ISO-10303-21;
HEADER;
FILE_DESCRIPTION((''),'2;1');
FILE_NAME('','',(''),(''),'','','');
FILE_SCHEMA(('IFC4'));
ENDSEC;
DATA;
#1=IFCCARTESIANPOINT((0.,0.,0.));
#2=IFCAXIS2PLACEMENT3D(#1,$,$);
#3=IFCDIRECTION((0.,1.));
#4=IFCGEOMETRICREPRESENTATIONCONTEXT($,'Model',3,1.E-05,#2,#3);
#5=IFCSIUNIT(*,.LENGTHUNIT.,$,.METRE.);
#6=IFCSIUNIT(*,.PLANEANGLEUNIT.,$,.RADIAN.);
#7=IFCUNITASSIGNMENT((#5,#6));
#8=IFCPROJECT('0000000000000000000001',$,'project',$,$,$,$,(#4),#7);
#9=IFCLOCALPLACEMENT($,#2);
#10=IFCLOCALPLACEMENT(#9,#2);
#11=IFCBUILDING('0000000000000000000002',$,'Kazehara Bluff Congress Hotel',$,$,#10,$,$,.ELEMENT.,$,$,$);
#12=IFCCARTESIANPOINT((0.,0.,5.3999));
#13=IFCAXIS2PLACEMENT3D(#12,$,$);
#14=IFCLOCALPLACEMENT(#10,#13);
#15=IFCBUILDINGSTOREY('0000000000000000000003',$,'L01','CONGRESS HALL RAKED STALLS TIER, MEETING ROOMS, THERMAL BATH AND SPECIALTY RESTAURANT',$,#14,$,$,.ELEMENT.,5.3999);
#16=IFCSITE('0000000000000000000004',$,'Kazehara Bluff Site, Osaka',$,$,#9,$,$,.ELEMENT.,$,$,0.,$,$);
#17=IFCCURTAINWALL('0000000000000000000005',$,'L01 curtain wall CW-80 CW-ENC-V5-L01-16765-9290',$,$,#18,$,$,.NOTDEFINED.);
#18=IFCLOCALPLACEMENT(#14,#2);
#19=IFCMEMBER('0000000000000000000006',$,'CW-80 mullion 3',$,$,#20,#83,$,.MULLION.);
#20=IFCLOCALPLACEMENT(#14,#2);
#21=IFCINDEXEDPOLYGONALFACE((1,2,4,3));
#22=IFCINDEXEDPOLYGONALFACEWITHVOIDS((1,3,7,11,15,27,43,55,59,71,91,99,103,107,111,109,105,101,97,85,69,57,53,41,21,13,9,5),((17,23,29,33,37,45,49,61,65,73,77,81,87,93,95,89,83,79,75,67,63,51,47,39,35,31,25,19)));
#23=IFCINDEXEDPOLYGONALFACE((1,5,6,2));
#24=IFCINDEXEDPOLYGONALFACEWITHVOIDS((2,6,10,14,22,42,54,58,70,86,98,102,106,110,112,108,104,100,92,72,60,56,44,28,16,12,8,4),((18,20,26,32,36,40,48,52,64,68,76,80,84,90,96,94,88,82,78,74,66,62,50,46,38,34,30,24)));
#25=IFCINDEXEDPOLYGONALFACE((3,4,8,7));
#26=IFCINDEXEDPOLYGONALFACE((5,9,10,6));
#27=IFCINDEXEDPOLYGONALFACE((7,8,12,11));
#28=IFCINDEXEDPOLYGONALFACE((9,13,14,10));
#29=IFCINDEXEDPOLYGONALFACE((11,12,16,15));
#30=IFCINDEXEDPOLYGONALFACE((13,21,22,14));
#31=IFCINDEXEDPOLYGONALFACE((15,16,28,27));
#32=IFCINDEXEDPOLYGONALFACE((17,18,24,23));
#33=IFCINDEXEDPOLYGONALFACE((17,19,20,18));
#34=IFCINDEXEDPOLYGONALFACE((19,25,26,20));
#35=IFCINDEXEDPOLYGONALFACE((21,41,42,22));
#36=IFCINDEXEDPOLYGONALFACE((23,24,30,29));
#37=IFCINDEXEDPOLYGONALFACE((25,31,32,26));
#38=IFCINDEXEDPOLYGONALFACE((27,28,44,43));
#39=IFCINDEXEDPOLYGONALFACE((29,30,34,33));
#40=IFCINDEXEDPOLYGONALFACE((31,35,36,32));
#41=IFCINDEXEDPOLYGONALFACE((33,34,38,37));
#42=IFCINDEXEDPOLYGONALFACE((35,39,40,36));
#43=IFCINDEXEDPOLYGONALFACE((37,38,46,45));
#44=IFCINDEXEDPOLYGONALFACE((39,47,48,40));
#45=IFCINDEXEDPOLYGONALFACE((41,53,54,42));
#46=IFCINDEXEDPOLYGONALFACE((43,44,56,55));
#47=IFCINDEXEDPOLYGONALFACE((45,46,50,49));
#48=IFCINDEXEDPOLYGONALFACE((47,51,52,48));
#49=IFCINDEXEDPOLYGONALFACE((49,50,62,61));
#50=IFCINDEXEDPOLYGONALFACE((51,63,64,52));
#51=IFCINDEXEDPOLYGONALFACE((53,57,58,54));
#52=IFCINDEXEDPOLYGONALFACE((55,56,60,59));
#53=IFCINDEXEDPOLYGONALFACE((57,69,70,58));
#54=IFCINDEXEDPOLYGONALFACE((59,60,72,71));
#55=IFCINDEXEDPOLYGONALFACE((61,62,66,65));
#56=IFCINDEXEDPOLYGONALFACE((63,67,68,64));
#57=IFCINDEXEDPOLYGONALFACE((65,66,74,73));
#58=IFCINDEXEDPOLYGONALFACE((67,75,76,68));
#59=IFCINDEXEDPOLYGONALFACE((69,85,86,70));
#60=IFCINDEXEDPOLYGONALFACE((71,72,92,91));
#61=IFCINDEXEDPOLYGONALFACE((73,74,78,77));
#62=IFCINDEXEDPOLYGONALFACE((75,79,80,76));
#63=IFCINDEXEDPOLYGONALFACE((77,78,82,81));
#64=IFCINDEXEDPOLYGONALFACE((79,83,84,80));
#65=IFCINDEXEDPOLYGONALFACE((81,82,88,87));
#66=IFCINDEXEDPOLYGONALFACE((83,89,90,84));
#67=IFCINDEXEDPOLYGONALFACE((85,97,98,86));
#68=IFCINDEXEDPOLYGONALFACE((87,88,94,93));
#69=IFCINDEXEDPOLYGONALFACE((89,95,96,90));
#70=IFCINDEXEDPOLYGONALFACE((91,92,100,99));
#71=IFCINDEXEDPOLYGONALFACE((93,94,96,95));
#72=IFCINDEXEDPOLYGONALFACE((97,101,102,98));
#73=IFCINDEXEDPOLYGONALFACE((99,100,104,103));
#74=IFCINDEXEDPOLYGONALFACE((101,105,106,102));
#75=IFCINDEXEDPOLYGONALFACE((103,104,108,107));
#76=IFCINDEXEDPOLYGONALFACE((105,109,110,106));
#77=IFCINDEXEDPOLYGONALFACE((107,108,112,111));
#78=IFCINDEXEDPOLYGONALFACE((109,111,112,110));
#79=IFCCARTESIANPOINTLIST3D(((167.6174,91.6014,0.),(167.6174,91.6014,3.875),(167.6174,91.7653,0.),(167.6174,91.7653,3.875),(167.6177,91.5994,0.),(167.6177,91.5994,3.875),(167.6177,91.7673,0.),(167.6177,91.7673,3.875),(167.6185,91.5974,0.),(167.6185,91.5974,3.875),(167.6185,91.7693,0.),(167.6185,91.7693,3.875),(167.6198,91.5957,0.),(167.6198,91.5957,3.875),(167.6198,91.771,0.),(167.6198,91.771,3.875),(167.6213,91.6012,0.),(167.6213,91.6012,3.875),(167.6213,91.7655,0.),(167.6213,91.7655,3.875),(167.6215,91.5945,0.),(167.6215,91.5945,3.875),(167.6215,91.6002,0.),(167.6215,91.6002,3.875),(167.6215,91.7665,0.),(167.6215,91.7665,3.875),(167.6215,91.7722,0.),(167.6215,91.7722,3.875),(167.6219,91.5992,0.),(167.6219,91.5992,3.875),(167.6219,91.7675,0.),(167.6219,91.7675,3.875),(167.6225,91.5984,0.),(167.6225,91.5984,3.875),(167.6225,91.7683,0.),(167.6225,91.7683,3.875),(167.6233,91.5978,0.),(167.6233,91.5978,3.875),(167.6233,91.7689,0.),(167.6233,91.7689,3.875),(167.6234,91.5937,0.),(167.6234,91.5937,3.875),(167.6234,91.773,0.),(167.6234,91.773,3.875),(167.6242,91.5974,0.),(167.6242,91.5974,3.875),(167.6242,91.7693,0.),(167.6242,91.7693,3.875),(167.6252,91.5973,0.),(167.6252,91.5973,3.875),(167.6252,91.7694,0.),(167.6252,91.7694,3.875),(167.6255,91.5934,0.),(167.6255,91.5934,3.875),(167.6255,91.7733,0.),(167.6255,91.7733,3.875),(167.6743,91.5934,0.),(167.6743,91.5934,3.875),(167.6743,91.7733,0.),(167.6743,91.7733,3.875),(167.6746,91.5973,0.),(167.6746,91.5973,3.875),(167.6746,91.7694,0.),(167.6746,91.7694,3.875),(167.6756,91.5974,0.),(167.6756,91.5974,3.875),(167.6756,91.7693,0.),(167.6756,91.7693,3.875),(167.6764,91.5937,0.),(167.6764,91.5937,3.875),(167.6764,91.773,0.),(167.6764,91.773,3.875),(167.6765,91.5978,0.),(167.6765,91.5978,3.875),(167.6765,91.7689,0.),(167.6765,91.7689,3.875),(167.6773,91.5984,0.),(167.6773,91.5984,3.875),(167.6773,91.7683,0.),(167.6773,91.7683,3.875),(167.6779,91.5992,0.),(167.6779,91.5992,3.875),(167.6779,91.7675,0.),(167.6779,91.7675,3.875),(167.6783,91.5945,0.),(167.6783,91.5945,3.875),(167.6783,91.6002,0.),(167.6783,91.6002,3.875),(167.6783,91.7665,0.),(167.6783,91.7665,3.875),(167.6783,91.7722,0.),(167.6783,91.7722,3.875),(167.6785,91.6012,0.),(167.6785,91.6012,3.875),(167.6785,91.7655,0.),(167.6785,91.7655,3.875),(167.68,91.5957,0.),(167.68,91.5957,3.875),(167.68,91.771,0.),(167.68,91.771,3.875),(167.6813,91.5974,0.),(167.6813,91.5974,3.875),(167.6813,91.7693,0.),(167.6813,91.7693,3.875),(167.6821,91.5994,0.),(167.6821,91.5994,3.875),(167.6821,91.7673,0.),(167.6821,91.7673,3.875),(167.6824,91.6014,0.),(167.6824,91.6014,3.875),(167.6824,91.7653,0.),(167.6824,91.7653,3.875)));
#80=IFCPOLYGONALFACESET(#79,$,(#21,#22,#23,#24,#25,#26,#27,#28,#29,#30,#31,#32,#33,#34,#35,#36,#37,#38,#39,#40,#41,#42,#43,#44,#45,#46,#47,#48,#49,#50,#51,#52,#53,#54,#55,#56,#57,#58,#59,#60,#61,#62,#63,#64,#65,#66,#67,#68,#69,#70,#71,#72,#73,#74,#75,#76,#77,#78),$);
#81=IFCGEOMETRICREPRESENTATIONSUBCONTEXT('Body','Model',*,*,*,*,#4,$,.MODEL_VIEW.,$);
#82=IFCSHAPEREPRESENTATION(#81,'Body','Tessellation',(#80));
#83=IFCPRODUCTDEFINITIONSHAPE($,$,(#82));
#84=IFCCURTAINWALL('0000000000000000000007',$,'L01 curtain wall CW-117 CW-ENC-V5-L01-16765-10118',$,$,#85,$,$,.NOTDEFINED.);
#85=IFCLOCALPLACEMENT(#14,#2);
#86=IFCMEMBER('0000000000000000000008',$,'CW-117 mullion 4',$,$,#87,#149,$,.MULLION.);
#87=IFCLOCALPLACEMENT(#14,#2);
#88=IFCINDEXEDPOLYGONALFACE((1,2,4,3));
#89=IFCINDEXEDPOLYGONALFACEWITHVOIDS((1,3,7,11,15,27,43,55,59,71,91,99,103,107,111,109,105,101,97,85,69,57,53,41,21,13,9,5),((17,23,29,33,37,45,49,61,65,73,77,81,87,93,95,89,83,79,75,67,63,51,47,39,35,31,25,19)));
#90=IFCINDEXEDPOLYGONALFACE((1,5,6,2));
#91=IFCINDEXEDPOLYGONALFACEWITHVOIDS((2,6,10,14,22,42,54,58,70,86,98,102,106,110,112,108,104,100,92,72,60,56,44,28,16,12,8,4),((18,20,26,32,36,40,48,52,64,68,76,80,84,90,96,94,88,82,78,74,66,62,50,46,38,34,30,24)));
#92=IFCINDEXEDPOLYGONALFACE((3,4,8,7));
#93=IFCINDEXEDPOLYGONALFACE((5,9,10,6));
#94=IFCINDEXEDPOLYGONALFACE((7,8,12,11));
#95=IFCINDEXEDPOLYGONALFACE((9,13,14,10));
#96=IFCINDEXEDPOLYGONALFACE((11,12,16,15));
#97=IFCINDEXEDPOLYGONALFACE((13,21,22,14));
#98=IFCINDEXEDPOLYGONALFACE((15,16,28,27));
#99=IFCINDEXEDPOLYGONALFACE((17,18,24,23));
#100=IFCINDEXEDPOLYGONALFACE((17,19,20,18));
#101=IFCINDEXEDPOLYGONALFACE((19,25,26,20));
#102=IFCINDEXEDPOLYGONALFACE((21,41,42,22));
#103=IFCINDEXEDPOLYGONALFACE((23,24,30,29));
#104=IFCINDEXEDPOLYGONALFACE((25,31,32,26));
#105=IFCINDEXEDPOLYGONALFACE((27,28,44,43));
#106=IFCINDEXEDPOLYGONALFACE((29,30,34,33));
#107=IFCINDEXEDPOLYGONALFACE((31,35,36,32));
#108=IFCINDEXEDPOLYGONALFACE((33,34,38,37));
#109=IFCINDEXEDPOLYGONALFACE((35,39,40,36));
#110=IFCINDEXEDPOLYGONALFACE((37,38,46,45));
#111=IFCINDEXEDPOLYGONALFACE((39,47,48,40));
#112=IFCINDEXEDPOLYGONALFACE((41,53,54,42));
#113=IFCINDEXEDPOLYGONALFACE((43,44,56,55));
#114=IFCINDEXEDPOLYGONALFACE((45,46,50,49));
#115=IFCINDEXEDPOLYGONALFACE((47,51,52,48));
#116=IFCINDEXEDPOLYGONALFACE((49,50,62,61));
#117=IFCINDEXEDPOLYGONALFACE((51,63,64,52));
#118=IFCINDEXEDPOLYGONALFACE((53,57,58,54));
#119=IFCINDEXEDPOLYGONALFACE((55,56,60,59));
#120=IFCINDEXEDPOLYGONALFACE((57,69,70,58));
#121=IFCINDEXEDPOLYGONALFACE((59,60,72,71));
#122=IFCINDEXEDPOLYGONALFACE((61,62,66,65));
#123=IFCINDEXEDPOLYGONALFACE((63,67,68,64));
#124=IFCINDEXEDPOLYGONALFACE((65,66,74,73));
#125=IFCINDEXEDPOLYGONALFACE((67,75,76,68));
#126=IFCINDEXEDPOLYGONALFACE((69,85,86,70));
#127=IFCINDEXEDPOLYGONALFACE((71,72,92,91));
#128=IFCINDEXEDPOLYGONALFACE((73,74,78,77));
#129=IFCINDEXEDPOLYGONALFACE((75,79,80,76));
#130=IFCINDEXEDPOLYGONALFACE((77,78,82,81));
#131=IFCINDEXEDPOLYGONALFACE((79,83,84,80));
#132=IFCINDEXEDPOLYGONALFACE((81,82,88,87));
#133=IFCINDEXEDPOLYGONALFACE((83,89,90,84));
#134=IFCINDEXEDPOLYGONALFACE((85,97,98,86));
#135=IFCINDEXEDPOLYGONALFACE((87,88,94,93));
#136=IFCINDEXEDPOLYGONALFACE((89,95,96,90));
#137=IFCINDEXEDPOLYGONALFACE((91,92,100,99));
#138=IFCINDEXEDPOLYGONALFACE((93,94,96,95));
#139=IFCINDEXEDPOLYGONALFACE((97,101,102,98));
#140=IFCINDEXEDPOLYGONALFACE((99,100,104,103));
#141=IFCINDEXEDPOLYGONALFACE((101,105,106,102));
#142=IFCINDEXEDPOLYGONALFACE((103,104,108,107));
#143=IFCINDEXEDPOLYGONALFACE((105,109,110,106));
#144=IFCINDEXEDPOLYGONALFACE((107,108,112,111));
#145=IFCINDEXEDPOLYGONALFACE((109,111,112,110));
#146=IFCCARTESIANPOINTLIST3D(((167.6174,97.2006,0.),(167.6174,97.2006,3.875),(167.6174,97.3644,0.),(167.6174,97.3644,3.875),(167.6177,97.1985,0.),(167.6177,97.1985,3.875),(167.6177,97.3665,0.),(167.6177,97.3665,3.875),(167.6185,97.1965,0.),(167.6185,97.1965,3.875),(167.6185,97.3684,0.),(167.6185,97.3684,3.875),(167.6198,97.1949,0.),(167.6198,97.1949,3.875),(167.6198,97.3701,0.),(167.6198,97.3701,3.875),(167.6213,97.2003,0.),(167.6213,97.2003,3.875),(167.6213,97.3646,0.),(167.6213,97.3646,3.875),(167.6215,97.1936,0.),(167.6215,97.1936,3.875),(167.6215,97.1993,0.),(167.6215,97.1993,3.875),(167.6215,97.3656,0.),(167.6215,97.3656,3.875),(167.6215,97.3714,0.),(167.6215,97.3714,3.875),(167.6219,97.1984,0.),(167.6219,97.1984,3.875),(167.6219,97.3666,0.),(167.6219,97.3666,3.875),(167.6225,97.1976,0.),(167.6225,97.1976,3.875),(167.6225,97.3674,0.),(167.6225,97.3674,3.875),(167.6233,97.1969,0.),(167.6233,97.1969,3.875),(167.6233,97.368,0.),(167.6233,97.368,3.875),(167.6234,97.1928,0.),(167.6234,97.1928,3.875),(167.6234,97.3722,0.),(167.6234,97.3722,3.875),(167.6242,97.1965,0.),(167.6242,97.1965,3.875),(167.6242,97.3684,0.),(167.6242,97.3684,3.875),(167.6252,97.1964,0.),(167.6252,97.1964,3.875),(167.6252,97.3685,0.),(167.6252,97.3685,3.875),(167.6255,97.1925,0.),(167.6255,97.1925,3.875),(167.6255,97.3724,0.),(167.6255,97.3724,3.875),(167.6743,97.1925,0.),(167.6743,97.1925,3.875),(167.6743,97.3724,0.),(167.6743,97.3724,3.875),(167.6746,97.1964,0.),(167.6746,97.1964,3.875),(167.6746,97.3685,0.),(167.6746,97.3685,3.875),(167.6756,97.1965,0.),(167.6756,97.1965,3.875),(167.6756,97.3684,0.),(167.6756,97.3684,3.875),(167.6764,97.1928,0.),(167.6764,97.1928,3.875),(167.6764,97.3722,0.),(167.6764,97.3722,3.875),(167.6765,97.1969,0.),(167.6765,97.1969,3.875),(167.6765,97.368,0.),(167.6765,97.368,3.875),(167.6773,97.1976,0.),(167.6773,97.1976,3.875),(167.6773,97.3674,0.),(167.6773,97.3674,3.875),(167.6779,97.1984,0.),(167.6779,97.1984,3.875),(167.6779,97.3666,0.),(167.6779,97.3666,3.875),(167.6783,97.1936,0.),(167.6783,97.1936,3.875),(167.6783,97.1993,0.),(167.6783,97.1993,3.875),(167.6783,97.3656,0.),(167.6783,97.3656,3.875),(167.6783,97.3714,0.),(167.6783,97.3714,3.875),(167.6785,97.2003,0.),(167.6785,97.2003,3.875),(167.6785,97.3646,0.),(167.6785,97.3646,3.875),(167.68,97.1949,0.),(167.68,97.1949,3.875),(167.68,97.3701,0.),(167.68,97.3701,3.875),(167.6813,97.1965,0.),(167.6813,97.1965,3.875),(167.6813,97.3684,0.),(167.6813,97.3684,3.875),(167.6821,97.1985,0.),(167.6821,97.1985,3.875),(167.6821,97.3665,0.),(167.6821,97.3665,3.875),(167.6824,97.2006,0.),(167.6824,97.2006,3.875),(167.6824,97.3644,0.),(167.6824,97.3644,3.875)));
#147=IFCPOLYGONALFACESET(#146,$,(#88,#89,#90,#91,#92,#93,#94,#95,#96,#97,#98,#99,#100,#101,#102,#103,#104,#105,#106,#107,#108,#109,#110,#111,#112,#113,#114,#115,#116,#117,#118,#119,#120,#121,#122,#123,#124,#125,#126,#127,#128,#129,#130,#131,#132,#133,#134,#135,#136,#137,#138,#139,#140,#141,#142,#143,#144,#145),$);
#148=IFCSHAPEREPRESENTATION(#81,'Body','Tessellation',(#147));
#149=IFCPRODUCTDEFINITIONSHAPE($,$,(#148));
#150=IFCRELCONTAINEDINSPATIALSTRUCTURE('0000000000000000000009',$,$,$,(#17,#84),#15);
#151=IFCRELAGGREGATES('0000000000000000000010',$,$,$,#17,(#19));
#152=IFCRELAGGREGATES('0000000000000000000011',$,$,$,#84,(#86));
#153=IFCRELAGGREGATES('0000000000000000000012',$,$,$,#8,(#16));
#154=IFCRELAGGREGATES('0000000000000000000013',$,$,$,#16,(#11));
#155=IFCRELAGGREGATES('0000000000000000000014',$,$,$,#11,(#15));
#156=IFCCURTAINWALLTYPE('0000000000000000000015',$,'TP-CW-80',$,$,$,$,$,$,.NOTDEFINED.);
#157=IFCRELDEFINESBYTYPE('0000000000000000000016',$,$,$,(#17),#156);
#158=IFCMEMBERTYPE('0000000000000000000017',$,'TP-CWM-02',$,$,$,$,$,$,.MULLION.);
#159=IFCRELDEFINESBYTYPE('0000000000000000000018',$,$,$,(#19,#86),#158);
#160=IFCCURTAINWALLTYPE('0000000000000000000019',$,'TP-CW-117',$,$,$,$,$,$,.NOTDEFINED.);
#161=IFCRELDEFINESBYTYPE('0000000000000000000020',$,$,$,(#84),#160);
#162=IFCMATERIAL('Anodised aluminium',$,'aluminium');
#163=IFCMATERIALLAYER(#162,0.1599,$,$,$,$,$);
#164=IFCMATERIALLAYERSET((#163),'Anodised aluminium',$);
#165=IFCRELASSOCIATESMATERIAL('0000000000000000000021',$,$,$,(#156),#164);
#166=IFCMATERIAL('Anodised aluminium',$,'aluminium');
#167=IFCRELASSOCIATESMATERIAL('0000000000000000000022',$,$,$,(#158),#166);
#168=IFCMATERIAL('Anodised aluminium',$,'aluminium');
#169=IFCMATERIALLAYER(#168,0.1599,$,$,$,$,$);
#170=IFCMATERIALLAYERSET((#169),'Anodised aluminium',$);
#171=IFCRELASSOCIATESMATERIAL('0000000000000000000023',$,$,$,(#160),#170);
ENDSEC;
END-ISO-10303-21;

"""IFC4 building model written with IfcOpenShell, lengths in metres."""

from ifc_helpers import new_model, si_unit, direction, frame, origin, origin_2d, place, context, subcontext, project, spatial, hollow_rectangle, extrude, material, layer, layer_set, material_profile, profile_set, type_object, element, aggregate, save


model = new_model("IFC4")

# Units and contexts
model_context = context("Model", 3, precision=1e-05, world=origin(), true_north=direction((0.0, 1.0)))
body_context = subcontext(model_context, "Body", "Model", "MODEL_VIEW")
ifc_project = project(units=[si_unit("LENGTHUNIT", "METRE"), si_unit("PLANEANGLEUNIT", "RADIAN")], contexts=[model_context])

# Site, building, storey
site_placement = place(None, origin())
site = spatial("IfcSite", under=ifc_project, at=site_placement, Name="Kazehara Bluff Site, Osaka", CompositionType="ELEMENT", RefElevation=0.0)
building_placement = place(site_placement, origin())
building = spatial("IfcBuilding", under=site, at=building_placement, Name="Kazehara Bluff Congress Hotel", CompositionType="ELEMENT")
storey_placement = place(building_placement, frame((0.0, 0.0, 5.3999)))
storey = spatial("IfcBuildingStorey", under=building, at=storey_placement, Name="L01", Description="CONGRESS HALL RAKED STALLS TIER, MEETING ROOMS, THERMAL BATH AND SPECIALTY RESTAURANT", CompositionType="ELEMENT", Elevation=5.3999)

# Curtain wall, member
ifc_material_1 = material(Name="Anodised aluminium", Category="aluminium")
ifc_layer_1 = layer(ifc_material_1, 0.1599)
ifc_layer_set_1 = layer_set([ifc_layer_1], Name="Anodised aluminium")
curtain_wall_type_1 = type_object("IfcCurtainWallType", Name="TP-CW-80", PredefinedType="NOTDEFINED", material=ifc_layer_set_1)
curtain_wall_1_placement = place(storey_placement, origin())
curtain_wall_1 = element("IfcCurtainWall", 1, at=curtain_wall_1_placement, inside=storey, type_object=curtain_wall_type_1, Name="L01 curtain wall CW-80 CW-ENC-V5-L01-16765-9290", PredefinedType="NOTDEFINED")
ifc_material_2 = material(Name="Anodised aluminium", Category="aluminium")
ifc_material_profile_1 = material_profile(ifc_material_2, hollow_rectangle(XDim=0.0649, YDim=0.1799, WallThickness=0.0039, InnerFilletRadius=0.0039, OuterFilletRadius=0.0081, at=origin_2d()))
ifc_profile_set_1 = profile_set([ifc_material_profile_1], Name="Anodised aluminium")
member_type_1 = type_object("IfcMemberType", Name="TP-CWM-02", PredefinedType="MULLION", material=ifc_profile_set_1)
member_1_placement = place(storey_placement, frame((167.6499, 91.6833, 0.0), z_axis=(0.0, 0.0, 1.0), x_axis=(1.0, 0.0, 0.0)))
member_1 = element("IfcMember", 2, at=member_1_placement, type_object=member_type_1, Name="CW-80 mullion 3", PredefinedType="MULLION", context=body_context, shape_type="SweptSolid", body=[
    extrude(hollow_rectangle(XDim=0.0649, YDim=0.1799, WallThickness=0.0039, InnerFilletRadius=0.0039, OuterFilletRadius=0.0081, at=origin_2d()), origin(), (0.0, 0.0, 1.0), 3.875),
])

# Curtain wall, member
ifc_material_3 = material(Name="Anodised aluminium", Category="aluminium")
ifc_layer_2 = layer(ifc_material_3, 0.1599)
ifc_layer_set_2 = layer_set([ifc_layer_2], Name="Anodised aluminium")
curtain_wall_type_2 = type_object("IfcCurtainWallType", Name="TP-CW-117", PredefinedType="NOTDEFINED", material=ifc_layer_set_2)
curtain_wall_2_placement = place(storey_placement, origin())
curtain_wall_2 = element("IfcCurtainWall", 3, at=curtain_wall_2_placement, inside=storey, type_object=curtain_wall_type_2, Name="L01 curtain wall CW-117 CW-ENC-V5-L01-16765-10118", PredefinedType="NOTDEFINED")
member_2_placement = place(storey_placement, frame((167.6499, 97.2825, 0.0), z_axis=(0.0, 0.0, 1.0), x_axis=(1.0, 0.0, 0.0)))
member_2 = element("IfcMember", 4, at=member_2_placement, type_object=member_type_1, Name="CW-117 mullion 4", PredefinedType="MULLION", context=body_context, shape_type="SweptSolid", body=[
    extrude(hollow_rectangle(XDim=0.0649, YDim=0.1799, WallThickness=0.0039, InnerFilletRadius=0.0039, OuterFilletRadius=0.0081, at=origin_2d()), origin(), (0.0, 0.0, 1.0), 3.875),
])

aggregate(curtain_wall_1, [member_1])
aggregate(curtain_wall_2, [member_2])

save(model, "model.ifc")
